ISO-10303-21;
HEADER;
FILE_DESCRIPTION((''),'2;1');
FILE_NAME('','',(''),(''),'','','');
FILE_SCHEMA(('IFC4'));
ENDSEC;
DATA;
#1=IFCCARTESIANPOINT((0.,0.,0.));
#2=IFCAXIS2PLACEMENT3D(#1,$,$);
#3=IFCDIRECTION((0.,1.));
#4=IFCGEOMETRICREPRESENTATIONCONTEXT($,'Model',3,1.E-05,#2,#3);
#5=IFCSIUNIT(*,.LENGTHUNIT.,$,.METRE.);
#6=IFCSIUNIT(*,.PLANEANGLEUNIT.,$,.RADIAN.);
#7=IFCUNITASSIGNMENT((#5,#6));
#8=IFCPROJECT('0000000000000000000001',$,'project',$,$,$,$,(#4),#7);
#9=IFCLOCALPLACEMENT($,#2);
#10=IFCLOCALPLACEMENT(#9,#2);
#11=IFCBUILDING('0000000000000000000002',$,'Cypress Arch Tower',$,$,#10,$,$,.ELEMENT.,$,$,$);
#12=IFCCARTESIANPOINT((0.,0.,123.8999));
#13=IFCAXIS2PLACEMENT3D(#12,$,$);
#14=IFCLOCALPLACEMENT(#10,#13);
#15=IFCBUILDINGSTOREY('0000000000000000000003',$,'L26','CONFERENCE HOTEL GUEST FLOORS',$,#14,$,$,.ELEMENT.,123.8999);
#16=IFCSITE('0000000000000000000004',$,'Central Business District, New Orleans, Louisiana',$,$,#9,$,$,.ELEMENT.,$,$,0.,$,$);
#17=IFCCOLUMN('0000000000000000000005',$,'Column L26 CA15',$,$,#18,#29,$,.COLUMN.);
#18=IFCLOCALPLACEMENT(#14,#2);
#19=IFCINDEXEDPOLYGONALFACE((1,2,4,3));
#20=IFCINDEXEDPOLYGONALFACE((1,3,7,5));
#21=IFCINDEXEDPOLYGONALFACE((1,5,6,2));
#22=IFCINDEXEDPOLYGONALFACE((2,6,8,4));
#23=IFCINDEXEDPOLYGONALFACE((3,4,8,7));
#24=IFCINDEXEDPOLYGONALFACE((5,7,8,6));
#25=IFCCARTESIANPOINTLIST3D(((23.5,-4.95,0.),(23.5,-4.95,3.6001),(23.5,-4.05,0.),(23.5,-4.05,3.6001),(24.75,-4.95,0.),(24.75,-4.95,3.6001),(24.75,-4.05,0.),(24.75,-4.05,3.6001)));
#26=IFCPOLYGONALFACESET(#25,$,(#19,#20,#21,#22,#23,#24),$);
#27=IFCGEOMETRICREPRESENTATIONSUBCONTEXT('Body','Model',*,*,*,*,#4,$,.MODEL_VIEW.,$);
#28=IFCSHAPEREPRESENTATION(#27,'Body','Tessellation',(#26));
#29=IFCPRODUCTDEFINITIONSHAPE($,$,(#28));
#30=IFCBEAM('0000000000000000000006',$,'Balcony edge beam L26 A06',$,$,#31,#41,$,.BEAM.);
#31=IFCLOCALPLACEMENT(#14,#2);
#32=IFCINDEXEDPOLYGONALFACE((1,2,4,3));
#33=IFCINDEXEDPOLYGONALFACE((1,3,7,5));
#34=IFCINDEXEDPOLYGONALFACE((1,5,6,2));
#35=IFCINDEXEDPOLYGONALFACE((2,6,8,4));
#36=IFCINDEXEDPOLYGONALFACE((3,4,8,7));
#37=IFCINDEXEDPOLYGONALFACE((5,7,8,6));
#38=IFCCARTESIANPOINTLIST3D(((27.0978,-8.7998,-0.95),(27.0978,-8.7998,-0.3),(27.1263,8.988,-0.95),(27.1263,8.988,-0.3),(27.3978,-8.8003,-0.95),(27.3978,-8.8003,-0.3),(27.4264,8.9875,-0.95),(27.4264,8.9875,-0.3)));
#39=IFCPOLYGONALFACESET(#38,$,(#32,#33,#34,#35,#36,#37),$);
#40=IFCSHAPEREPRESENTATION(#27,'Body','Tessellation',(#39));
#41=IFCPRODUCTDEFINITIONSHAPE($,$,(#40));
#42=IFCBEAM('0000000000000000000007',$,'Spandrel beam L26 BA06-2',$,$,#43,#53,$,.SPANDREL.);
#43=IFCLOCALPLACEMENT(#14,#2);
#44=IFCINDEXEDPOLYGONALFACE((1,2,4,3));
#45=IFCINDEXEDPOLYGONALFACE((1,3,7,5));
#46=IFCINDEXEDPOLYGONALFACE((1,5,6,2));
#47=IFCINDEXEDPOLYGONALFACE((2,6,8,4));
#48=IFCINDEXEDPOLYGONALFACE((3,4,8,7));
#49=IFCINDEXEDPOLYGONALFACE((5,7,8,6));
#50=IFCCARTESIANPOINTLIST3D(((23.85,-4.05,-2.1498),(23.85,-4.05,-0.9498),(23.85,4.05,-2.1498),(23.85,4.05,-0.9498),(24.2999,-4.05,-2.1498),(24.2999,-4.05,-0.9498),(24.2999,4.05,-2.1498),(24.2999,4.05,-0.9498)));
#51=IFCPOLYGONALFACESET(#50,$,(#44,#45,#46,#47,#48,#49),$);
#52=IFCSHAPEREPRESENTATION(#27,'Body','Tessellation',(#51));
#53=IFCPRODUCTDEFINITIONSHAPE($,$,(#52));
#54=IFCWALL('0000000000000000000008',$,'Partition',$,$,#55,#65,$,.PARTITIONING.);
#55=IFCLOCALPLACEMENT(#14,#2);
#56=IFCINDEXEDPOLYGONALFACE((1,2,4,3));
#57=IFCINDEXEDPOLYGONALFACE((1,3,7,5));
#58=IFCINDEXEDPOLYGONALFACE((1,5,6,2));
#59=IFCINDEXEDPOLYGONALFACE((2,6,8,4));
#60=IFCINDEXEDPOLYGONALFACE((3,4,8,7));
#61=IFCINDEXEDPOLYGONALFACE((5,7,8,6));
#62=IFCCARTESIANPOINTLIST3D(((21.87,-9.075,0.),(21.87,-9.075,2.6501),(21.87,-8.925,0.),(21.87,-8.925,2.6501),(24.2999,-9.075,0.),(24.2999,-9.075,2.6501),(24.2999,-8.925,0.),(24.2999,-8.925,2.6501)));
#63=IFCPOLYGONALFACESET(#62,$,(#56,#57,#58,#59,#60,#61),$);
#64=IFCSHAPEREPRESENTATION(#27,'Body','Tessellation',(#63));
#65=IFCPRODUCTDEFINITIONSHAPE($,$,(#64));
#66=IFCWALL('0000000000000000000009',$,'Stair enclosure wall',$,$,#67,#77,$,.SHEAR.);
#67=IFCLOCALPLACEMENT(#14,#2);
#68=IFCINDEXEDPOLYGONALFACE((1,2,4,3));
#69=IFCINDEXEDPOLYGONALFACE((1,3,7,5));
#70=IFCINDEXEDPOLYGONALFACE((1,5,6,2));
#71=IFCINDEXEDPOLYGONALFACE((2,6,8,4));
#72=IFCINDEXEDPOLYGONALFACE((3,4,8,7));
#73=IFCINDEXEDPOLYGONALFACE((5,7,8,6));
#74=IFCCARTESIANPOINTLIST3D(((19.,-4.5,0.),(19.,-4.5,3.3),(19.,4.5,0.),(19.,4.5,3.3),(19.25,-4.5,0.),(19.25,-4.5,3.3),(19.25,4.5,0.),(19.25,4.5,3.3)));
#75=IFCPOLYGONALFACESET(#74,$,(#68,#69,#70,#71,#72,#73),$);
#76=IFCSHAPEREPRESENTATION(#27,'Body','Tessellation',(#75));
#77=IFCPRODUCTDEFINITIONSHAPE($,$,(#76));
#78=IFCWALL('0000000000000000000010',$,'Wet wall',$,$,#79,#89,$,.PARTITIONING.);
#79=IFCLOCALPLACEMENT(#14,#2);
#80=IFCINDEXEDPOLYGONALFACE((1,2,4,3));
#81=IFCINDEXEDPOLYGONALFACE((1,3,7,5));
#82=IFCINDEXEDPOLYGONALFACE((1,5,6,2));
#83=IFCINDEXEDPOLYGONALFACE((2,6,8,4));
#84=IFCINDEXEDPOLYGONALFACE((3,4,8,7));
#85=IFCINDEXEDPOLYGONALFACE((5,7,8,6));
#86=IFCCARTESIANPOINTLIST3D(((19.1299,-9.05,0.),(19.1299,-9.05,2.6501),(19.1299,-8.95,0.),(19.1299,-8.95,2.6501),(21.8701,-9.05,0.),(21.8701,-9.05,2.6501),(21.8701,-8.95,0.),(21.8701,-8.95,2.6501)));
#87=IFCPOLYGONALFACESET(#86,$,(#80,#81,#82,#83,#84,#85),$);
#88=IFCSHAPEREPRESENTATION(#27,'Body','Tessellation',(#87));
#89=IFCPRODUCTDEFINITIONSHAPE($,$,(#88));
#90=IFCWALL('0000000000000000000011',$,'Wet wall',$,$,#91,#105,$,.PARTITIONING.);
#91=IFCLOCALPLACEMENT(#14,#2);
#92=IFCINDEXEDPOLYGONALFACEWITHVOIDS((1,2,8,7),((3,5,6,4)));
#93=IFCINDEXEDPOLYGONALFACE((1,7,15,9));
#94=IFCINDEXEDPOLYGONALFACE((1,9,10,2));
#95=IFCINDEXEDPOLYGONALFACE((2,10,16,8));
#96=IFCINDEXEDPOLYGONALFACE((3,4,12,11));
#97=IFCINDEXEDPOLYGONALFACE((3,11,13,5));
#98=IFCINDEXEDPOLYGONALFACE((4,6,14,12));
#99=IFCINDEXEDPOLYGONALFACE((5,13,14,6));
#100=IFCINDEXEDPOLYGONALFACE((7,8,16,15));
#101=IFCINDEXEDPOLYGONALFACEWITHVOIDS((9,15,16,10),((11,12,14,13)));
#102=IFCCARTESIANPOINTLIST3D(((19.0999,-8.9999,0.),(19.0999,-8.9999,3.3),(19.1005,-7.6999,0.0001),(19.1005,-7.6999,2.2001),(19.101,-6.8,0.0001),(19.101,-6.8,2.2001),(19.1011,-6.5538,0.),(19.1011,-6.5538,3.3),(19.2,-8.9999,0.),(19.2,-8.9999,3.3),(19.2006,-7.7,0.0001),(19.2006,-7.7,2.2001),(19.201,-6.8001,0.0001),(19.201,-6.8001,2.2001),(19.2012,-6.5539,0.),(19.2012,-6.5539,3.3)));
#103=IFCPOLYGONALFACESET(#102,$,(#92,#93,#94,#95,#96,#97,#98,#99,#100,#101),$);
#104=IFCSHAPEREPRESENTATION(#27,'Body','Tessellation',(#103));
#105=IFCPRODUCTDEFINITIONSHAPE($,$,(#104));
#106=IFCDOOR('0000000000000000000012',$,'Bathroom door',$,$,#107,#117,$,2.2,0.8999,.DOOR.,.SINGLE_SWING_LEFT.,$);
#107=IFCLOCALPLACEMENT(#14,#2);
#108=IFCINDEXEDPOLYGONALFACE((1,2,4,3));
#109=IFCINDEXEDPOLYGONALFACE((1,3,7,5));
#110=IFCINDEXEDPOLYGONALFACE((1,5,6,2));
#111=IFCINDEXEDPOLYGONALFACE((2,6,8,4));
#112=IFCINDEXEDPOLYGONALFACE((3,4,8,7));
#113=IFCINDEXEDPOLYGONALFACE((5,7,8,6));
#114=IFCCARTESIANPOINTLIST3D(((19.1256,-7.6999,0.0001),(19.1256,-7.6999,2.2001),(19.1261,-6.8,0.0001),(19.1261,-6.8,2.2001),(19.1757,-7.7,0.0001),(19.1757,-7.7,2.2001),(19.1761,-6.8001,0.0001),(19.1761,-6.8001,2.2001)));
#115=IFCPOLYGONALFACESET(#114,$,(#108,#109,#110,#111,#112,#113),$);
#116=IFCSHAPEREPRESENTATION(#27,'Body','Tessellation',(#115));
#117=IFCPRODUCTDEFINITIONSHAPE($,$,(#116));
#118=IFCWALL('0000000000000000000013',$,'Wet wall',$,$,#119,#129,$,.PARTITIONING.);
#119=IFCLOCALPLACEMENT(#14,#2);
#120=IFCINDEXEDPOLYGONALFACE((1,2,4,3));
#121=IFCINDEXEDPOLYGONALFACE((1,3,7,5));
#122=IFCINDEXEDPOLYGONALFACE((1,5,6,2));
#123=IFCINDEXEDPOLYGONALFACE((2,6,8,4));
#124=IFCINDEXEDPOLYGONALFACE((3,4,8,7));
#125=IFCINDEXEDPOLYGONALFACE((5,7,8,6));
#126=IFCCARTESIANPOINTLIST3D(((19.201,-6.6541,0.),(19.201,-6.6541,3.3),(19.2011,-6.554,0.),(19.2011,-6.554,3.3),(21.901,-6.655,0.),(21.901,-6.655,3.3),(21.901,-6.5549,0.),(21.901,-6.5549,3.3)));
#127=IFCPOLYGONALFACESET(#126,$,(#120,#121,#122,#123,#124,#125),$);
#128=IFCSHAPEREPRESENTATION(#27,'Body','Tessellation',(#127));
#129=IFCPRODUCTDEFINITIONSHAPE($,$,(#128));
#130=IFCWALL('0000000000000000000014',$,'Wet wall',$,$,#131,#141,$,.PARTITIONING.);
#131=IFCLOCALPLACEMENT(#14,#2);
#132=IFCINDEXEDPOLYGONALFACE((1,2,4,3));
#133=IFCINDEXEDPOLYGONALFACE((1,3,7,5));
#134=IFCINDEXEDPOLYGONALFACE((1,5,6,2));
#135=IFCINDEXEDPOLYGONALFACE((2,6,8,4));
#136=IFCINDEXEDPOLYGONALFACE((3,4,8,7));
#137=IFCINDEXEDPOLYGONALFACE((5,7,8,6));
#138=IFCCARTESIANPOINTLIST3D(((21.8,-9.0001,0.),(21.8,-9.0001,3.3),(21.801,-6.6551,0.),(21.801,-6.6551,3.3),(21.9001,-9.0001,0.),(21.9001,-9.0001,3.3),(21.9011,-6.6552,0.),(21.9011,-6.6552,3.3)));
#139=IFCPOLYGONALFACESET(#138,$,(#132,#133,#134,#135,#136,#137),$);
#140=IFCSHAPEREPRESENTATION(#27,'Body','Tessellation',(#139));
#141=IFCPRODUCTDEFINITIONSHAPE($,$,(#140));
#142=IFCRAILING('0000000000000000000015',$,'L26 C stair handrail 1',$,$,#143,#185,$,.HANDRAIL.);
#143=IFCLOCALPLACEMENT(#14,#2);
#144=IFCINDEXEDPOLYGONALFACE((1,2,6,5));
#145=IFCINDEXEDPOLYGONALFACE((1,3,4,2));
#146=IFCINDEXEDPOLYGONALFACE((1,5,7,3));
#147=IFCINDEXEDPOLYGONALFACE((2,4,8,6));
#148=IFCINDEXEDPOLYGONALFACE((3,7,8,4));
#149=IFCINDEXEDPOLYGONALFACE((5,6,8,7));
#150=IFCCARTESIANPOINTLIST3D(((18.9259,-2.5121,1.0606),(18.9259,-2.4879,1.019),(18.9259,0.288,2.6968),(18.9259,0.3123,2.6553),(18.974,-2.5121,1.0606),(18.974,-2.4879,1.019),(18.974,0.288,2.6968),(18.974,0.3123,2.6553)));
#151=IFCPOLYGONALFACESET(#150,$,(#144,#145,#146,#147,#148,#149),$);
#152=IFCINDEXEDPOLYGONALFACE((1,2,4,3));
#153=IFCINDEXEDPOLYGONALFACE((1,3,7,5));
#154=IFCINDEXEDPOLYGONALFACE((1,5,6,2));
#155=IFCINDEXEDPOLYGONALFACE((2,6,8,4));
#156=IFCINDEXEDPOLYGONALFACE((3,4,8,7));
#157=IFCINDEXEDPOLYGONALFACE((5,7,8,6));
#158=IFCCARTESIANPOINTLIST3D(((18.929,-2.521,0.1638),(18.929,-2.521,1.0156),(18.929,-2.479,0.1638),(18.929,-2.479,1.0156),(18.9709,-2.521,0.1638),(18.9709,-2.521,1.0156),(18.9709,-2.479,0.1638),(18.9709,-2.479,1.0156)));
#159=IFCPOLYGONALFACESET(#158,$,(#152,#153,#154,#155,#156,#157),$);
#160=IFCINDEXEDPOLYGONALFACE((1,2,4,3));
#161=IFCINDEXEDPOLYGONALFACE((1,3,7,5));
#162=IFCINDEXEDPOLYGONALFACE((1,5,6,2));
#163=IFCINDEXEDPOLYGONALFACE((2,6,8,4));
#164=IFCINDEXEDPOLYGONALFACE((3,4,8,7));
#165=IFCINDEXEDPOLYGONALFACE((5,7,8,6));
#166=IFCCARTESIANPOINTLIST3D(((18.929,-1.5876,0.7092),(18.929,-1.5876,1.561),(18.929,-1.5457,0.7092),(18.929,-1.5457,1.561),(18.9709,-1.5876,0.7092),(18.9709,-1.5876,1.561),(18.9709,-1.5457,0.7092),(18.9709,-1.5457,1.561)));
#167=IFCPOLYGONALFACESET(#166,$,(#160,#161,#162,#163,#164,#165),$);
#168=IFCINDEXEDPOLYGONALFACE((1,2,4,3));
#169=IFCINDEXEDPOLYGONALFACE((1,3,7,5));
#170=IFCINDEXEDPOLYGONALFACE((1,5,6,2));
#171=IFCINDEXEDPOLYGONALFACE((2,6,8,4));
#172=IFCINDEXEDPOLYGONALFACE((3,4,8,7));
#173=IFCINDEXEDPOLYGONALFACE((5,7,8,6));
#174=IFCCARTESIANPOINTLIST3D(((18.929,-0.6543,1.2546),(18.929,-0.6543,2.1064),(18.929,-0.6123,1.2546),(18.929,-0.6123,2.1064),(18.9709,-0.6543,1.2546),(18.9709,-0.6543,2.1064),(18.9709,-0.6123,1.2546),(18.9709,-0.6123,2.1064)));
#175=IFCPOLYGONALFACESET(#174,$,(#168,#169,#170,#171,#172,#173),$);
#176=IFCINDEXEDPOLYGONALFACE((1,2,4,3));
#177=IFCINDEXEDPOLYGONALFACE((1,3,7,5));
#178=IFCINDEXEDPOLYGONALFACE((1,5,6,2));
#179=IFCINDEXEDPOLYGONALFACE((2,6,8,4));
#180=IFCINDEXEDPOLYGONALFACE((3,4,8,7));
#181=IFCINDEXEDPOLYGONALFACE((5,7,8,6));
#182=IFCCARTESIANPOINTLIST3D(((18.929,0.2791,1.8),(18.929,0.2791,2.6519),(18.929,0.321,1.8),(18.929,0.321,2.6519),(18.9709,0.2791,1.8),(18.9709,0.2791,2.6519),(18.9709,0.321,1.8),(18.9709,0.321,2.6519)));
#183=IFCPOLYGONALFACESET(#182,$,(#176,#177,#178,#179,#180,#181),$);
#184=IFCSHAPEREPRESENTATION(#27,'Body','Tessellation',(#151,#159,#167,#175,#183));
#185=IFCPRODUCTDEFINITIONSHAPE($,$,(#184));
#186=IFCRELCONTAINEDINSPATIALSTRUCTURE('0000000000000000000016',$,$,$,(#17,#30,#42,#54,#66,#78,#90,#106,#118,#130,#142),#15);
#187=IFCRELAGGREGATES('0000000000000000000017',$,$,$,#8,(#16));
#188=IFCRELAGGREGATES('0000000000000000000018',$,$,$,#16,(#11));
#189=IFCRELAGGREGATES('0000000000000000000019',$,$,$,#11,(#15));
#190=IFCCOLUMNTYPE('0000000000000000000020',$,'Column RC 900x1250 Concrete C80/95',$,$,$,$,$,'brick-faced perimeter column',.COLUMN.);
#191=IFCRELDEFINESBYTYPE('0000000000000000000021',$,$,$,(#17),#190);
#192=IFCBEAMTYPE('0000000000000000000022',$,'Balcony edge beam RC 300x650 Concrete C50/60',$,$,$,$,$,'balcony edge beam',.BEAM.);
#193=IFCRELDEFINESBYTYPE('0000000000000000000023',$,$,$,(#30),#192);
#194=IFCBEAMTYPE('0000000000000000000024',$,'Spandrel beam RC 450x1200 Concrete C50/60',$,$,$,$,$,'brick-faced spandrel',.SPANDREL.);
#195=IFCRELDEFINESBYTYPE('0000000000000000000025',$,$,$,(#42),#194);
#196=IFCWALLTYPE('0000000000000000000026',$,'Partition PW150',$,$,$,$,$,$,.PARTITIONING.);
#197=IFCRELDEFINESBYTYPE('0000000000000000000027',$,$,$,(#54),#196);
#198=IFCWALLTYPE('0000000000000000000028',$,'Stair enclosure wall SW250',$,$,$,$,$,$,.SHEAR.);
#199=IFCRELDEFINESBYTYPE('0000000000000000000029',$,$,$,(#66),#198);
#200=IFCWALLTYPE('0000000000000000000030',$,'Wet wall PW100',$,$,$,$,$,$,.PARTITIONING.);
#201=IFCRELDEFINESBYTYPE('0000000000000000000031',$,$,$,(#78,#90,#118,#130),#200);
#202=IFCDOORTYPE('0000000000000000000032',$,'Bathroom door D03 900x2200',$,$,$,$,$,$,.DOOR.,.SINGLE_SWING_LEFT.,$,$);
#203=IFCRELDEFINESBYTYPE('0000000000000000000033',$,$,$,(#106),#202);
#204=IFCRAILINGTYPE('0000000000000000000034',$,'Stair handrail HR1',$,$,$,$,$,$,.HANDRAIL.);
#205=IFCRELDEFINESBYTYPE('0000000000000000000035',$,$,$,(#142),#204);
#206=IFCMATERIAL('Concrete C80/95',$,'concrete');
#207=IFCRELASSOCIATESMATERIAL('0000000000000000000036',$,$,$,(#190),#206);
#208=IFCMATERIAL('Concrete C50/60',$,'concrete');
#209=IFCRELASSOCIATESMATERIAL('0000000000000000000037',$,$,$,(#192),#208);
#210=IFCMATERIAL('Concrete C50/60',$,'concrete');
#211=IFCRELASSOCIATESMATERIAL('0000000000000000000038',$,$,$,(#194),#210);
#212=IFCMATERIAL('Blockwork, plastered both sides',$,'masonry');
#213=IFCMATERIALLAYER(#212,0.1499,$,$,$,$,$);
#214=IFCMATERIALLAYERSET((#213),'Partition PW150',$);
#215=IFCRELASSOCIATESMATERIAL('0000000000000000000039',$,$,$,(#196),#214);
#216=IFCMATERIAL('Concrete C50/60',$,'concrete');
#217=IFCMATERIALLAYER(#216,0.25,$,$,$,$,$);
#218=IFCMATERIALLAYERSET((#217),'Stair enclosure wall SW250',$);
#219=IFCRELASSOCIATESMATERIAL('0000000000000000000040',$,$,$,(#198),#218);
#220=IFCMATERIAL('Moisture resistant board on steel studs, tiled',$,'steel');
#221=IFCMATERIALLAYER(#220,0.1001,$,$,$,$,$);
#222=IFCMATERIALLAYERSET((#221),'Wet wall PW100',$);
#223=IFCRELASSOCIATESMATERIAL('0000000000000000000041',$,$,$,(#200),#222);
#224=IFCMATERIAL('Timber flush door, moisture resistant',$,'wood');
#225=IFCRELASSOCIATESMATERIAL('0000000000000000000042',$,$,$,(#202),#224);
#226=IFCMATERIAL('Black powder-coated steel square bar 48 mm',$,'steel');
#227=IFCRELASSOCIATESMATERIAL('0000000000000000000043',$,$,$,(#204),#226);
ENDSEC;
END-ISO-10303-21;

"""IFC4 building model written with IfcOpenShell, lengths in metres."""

from ifc_helpers import new_model, si_unit, direction, frame, frame_2d, origin, origin_2d, place, context, subcontext, project, spatial, rectangle, extrude, material, layer, layer_set, material_profile, profile_set, type_object, element, fill, save


model = new_model("IFC4")

# Units and contexts
model_context = context("Model", 3, precision=1e-05, world=origin(), true_north=direction((0.0, 1.0)))
body_context = subcontext(model_context, "Body", "Model", "MODEL_VIEW")
ifc_project = project(units=[si_unit("LENGTHUNIT", "METRE"), si_unit("PLANEANGLEUNIT", "RADIAN")], contexts=[model_context])

# Site, building, storey
site_placement = place(None, origin())
site = spatial("IfcSite", under=ifc_project, at=site_placement, Name="Central Business District, New Orleans, Louisiana", CompositionType="ELEMENT", RefElevation=0.0)
building_placement = place(site_placement, origin())
building = spatial("IfcBuilding", under=site, at=building_placement, Name="Cypress Arch Tower", CompositionType="ELEMENT")
storey_placement = place(building_placement, frame((0.0, 0.0, 123.8999)))
storey = spatial("IfcBuildingStorey", under=building, at=storey_placement, Name="L26", Description="CONFERENCE HOTEL GUEST FLOORS", CompositionType="ELEMENT", Elevation=123.8999)

# Column
ifc_material_1 = material(Name="Concrete C80/95", Category="concrete")
ifc_material_profile_1 = material_profile(ifc_material_1, rectangle(XDim=0.8999, YDim=1.25, at=origin_2d()), Name="RC 900x1250")
ifc_profile_set_1 = profile_set([ifc_material_profile_1], Name="Concrete C80/95")
column_type = type_object("IfcColumnType", Name="Column RC 900x1250 Concrete C80/95", ElementType="brick-faced perimeter column", PredefinedType="COLUMN", material=ifc_profile_set_1)
column_placement = place(storey_placement, frame((24.125, -4.5, 0.0), z_axis=(0.0, 0.0, 1.0), x_axis=(0.0, 1.0, 0.0)))
element("IfcColumn", 1, at=column_placement, inside=storey, type_object=column_type, Name="Column L26 CA15", PredefinedType="COLUMN", context=body_context, shape_type="SweptSolid", body=[
    extrude(rectangle(XDim=0.8999, YDim=1.25, at=origin_2d()), origin(), (0.0, 0.0, 1.0), 3.6001),
])

# Beams
ifc_material_2 = material(Name="Concrete C50/60", Category="concrete")
ifc_material_profile_2 = material_profile(ifc_material_2, rectangle(XDim=0.3, YDim=0.6499, at=origin_2d()), Name="RC 300x650")
ifc_profile_set_2 = profile_set([ifc_material_profile_2], Name="Concrete C50/60")
beam_type_1 = type_object("IfcBeamType", Name="Balcony edge beam RC 300x650 Concrete C50/60", ElementType="balcony edge beam", PredefinedType="BEAM", material=ifc_profile_set_2)
beam_1_placement = place(storey_placement, frame((27.2478, -8.8, -0.625), z_axis=(0.001606, 0.999999, 0.0), x_axis=(-0.999999, 0.001606, 0.0)))
element("IfcBeam", 2, at=beam_1_placement, inside=storey, type_object=beam_type_1, Name="Balcony edge beam L26 A06", PredefinedType="BEAM", context=body_context, shape_type="SweptSolid", body=[
    extrude(rectangle(XDim=0.3, YDim=0.6499, at=origin_2d()), origin(), (0.0, 0.0, 1.0), 17.7878),
])
ifc_material_3 = material(Name="Concrete C50/60", Category="concrete")
ifc_material_profile_3 = material_profile(ifc_material_3, rectangle(XDim=0.45, YDim=1.2, at=origin_2d()), Name="RC 450x1200")
ifc_profile_set_3 = profile_set([ifc_material_profile_3], Name="Concrete C50/60")
beam_type_2 = type_object("IfcBeamType", Name="Spandrel beam RC 450x1200 Concrete C50/60", ElementType="brick-faced spandrel", PredefinedType="SPANDREL", material=ifc_profile_set_3)
beam_2_placement = place(storey_placement, frame((24.075, -4.05, -1.5498), z_axis=(0.0, 1.0, 0.0), x_axis=(-1.0, 0.0, 0.0)))
element("IfcBeam", 3, at=beam_2_placement, inside=storey, type_object=beam_type_2, Name="Spandrel beam L26 BA06-2", PredefinedType="SPANDREL", context=body_context, shape_type="SweptSolid", body=[
    extrude(rectangle(XDim=0.45, YDim=1.2, at=origin_2d()), origin(), (0.0, 0.0, 1.0), 8.1001),
])

# Walls
ifc_material_4 = material(Name="Blockwork, plastered both sides", Category="masonry")
ifc_layer_1 = layer(ifc_material_4, 0.1499)
ifc_layer_set_1 = layer_set([ifc_layer_1], Name="Partition PW150")
wall_type_1 = type_object("IfcWallType", Name="Partition PW150", PredefinedType="PARTITIONING", material=ifc_layer_set_1)
wall_1_placement = place(storey_placement, frame((21.8701, -9.0, 0.0), z_axis=(0.0, 0.0, 1.0), x_axis=(1.0, 0.0, 0.0)))
element("IfcWall", 4, at=wall_1_placement, inside=storey, type_object=wall_type_1, Name="Partition", PredefinedType="PARTITIONING", context=body_context, shape_type="SweptSolid", body=[
    extrude(rectangle(XDim=2.4299, YDim=0.1499, at=frame_2d((1.2148, 0.0))), origin(), (0.0, 0.0, 1.0), 2.6501),
])
ifc_material_5 = material(Name="Concrete C50/60", Category="concrete")
ifc_layer_2 = layer(ifc_material_5, 0.25)
ifc_layer_set_2 = layer_set([ifc_layer_2], Name="Stair enclosure wall SW250")
wall_type_2 = type_object("IfcWallType", Name="Stair enclosure wall SW250", PredefinedType="SHEAR", material=ifc_layer_set_2)
wall_2_placement = place(storey_placement, frame((19.125, -4.5, 0.0), z_axis=(0.0, 0.0, 1.0), x_axis=(0.0, 1.0, 0.0)))
element("IfcWall", 5, at=wall_2_placement, inside=storey, type_object=wall_type_2, Name="Stair enclosure wall", PredefinedType="SHEAR", context=body_context, shape_type="SweptSolid", body=[
    extrude(rectangle(XDim=9.0, YDim=0.25, at=frame_2d((4.5, 0.0))), origin(), (0.0, 0.0, 1.0), 3.3),
])
ifc_material_6 = material(Name="Moisture resistant board on steel studs, tiled", Category="steel")
ifc_layer_3 = layer(ifc_material_6, 0.1001)
ifc_layer_set_3 = layer_set([ifc_layer_3], Name="Wet wall PW100")
wall_type_3 = type_object("IfcWallType", Name="Wet wall PW100", PredefinedType="PARTITIONING", material=ifc_layer_set_3)
wall_3_placement = place(storey_placement, frame((19.1299, -9.0, 0.0), z_axis=(0.0, 0.0, 1.0), x_axis=(1.0, 0.0, 0.0)))
element("IfcWall", 6, at=wall_3_placement, inside=storey, type_object=wall_type_3, Name="Wet wall", PredefinedType="PARTITIONING", context=body_context, shape_type="SweptSolid", body=[
    extrude(rectangle(XDim=2.7402, YDim=0.1001, at=frame_2d((1.3701, 0.0))), origin(), (0.0, 0.0, 1.0), 2.6501),
])

# Wall, opening, door
wall_4_placement = place(storey_placement, frame((19.1499, -9.0, 0.0), z_axis=(0.0, 0.0, 1.0), x_axis=(0.000499, 1.0, 0.0)))
wall_4 = element("IfcWall", 7, at=wall_4_placement, inside=storey, type_object=wall_type_3, Name="Wet wall", PredefinedType="PARTITIONING", context=body_context, shape_type="SweptSolid", body=[
    extrude(rectangle(XDim=2.446, YDim=0.1001, at=frame_2d((1.2231, 0.0))), origin(), (0.0, 0.0, 1.0), 3.3),
])
opening_1_placement = place(wall_4_placement, frame((1.3, 0.0, 0.0)))
opening_1 = element("IfcOpeningElement", 8, at=opening_1_placement, cuts=wall_4, PredefinedType="OPENING", context=body_context, shape_type="SweptSolid", body=[
    extrude(rectangle(XDim=0.8999, YDim=2.2, at=frame_2d((0.45, 1.1001))), frame((0.0, 0.0601, 0.0), z_axis=(0.0, -1.0, 0.0), x_axis=(1.0, 0.0, 0.0)), (0.0, 0.0, 1.0), 0.1201),
])
ifc_material_7 = material(Name="Timber flush door, moisture resistant", Category="wood")
door_type_1 = type_object("IfcDoorType", Name="Bathroom door D03 900x2200", OperationType="SINGLE_SWING_LEFT", PredefinedType="DOOR", material=ifc_material_7)
door_1_placement = place(opening_1_placement, origin())
door_1 = element("IfcDoor", 9, at=door_1_placement, inside=storey, type_object=door_type_1, Name="Bathroom door", OperationType="SINGLE_SWING_LEFT", OverallHeight=2.2, OverallWidth=0.8999, PredefinedType="DOOR", context=body_context, shape_type="SweptSolid", body=[
    extrude(rectangle(XDim=0.8999, YDim=2.2, at=frame_2d((0.45, 1.1001))), frame((0.0, 0.0249, 0.0), z_axis=(0.0, -1.0, 0.0), x_axis=(1.0, 0.0, 0.0)), (0.0, 0.0, 1.0), 0.05),
])
fill(opening_1, door_1)

# Walls
wall_5_placement = place(storey_placement, frame((19.2009, -6.604, 0.0), z_axis=(0.0, 0.0, 1.0), x_axis=(1.0, -0.000362, 0.0)))
element("IfcWall", 10, at=wall_5_placement, inside=storey, type_object=wall_type_3, Name="Wet wall", PredefinedType="PARTITIONING", context=body_context, shape_type="SweptSolid", body=[
    extrude(rectangle(XDim=2.7, YDim=0.1001, at=frame_2d((1.3501, 0.0))), origin(), (0.0, 0.0, 1.0), 3.3),
])
wall_6_placement = place(storey_placement, frame((21.8501, -9.0, 0.0), z_axis=(0.0, 0.0, 1.0), x_axis=(0.000416, 1.0, 0.0)))
element("IfcWall", 11, at=wall_6_placement, inside=storey, type_object=wall_type_3, Name="Wet wall", PredefinedType="PARTITIONING", context=body_context, shape_type="SweptSolid", body=[
    extrude(rectangle(XDim=2.345, YDim=0.1001, at=frame_2d((1.1724, 0.0))), origin(), (0.0, 0.0, 1.0), 3.3),
])

# Railing
ifc_material_8 = material(Name="Black powder-coated steel square bar 48 mm", Category="steel")
railing_type_1 = type_object("IfcRailingType", Name="Stair handrail HR1", PredefinedType="HANDRAIL", material=ifc_material_8)
railing_1_placement = place(storey_placement, frame((18.95, -2.5, 0.1638)))
element("IfcRailing", 12, at=railing_1_placement, inside=storey, type_object=railing_type_1, Name="L26 C stair handrail 1", PredefinedType="HANDRAIL", context=body_context, shape_type="SweptSolid", body=[
    extrude(rectangle(XDim=0.0481, YDim=0.0481, at=origin_2d()), frame((0.0, 0.0, 0.876), z_axis=(0.0, 0.863394, 0.504531), x_axis=(-1.0, 0.0, 0.0)), (0.0, 0.0, 1.0), 3.2432),
    extrude(rectangle(XDim=0.042, YDim=0.042, at=origin_2d()), origin(), (0.0, 0.0, 1.0), 0.8518),
    extrude(rectangle(XDim=0.042, YDim=0.042, at=origin_2d()), frame((0.0, 0.9333, 0.5454)), (0.0, 0.0, 1.0), 0.8518),
    extrude(rectangle(XDim=0.042, YDim=0.042, at=origin_2d()), frame((0.0, 1.8667, 1.0908)), (0.0, 0.0, 1.0), 0.8518),
    extrude(rectangle(XDim=0.042, YDim=0.042, at=origin_2d()), frame((0.0, 2.8, 1.6362)), (0.0, 0.0, 1.0), 0.8518),
])

save(model, "model.ifc")
